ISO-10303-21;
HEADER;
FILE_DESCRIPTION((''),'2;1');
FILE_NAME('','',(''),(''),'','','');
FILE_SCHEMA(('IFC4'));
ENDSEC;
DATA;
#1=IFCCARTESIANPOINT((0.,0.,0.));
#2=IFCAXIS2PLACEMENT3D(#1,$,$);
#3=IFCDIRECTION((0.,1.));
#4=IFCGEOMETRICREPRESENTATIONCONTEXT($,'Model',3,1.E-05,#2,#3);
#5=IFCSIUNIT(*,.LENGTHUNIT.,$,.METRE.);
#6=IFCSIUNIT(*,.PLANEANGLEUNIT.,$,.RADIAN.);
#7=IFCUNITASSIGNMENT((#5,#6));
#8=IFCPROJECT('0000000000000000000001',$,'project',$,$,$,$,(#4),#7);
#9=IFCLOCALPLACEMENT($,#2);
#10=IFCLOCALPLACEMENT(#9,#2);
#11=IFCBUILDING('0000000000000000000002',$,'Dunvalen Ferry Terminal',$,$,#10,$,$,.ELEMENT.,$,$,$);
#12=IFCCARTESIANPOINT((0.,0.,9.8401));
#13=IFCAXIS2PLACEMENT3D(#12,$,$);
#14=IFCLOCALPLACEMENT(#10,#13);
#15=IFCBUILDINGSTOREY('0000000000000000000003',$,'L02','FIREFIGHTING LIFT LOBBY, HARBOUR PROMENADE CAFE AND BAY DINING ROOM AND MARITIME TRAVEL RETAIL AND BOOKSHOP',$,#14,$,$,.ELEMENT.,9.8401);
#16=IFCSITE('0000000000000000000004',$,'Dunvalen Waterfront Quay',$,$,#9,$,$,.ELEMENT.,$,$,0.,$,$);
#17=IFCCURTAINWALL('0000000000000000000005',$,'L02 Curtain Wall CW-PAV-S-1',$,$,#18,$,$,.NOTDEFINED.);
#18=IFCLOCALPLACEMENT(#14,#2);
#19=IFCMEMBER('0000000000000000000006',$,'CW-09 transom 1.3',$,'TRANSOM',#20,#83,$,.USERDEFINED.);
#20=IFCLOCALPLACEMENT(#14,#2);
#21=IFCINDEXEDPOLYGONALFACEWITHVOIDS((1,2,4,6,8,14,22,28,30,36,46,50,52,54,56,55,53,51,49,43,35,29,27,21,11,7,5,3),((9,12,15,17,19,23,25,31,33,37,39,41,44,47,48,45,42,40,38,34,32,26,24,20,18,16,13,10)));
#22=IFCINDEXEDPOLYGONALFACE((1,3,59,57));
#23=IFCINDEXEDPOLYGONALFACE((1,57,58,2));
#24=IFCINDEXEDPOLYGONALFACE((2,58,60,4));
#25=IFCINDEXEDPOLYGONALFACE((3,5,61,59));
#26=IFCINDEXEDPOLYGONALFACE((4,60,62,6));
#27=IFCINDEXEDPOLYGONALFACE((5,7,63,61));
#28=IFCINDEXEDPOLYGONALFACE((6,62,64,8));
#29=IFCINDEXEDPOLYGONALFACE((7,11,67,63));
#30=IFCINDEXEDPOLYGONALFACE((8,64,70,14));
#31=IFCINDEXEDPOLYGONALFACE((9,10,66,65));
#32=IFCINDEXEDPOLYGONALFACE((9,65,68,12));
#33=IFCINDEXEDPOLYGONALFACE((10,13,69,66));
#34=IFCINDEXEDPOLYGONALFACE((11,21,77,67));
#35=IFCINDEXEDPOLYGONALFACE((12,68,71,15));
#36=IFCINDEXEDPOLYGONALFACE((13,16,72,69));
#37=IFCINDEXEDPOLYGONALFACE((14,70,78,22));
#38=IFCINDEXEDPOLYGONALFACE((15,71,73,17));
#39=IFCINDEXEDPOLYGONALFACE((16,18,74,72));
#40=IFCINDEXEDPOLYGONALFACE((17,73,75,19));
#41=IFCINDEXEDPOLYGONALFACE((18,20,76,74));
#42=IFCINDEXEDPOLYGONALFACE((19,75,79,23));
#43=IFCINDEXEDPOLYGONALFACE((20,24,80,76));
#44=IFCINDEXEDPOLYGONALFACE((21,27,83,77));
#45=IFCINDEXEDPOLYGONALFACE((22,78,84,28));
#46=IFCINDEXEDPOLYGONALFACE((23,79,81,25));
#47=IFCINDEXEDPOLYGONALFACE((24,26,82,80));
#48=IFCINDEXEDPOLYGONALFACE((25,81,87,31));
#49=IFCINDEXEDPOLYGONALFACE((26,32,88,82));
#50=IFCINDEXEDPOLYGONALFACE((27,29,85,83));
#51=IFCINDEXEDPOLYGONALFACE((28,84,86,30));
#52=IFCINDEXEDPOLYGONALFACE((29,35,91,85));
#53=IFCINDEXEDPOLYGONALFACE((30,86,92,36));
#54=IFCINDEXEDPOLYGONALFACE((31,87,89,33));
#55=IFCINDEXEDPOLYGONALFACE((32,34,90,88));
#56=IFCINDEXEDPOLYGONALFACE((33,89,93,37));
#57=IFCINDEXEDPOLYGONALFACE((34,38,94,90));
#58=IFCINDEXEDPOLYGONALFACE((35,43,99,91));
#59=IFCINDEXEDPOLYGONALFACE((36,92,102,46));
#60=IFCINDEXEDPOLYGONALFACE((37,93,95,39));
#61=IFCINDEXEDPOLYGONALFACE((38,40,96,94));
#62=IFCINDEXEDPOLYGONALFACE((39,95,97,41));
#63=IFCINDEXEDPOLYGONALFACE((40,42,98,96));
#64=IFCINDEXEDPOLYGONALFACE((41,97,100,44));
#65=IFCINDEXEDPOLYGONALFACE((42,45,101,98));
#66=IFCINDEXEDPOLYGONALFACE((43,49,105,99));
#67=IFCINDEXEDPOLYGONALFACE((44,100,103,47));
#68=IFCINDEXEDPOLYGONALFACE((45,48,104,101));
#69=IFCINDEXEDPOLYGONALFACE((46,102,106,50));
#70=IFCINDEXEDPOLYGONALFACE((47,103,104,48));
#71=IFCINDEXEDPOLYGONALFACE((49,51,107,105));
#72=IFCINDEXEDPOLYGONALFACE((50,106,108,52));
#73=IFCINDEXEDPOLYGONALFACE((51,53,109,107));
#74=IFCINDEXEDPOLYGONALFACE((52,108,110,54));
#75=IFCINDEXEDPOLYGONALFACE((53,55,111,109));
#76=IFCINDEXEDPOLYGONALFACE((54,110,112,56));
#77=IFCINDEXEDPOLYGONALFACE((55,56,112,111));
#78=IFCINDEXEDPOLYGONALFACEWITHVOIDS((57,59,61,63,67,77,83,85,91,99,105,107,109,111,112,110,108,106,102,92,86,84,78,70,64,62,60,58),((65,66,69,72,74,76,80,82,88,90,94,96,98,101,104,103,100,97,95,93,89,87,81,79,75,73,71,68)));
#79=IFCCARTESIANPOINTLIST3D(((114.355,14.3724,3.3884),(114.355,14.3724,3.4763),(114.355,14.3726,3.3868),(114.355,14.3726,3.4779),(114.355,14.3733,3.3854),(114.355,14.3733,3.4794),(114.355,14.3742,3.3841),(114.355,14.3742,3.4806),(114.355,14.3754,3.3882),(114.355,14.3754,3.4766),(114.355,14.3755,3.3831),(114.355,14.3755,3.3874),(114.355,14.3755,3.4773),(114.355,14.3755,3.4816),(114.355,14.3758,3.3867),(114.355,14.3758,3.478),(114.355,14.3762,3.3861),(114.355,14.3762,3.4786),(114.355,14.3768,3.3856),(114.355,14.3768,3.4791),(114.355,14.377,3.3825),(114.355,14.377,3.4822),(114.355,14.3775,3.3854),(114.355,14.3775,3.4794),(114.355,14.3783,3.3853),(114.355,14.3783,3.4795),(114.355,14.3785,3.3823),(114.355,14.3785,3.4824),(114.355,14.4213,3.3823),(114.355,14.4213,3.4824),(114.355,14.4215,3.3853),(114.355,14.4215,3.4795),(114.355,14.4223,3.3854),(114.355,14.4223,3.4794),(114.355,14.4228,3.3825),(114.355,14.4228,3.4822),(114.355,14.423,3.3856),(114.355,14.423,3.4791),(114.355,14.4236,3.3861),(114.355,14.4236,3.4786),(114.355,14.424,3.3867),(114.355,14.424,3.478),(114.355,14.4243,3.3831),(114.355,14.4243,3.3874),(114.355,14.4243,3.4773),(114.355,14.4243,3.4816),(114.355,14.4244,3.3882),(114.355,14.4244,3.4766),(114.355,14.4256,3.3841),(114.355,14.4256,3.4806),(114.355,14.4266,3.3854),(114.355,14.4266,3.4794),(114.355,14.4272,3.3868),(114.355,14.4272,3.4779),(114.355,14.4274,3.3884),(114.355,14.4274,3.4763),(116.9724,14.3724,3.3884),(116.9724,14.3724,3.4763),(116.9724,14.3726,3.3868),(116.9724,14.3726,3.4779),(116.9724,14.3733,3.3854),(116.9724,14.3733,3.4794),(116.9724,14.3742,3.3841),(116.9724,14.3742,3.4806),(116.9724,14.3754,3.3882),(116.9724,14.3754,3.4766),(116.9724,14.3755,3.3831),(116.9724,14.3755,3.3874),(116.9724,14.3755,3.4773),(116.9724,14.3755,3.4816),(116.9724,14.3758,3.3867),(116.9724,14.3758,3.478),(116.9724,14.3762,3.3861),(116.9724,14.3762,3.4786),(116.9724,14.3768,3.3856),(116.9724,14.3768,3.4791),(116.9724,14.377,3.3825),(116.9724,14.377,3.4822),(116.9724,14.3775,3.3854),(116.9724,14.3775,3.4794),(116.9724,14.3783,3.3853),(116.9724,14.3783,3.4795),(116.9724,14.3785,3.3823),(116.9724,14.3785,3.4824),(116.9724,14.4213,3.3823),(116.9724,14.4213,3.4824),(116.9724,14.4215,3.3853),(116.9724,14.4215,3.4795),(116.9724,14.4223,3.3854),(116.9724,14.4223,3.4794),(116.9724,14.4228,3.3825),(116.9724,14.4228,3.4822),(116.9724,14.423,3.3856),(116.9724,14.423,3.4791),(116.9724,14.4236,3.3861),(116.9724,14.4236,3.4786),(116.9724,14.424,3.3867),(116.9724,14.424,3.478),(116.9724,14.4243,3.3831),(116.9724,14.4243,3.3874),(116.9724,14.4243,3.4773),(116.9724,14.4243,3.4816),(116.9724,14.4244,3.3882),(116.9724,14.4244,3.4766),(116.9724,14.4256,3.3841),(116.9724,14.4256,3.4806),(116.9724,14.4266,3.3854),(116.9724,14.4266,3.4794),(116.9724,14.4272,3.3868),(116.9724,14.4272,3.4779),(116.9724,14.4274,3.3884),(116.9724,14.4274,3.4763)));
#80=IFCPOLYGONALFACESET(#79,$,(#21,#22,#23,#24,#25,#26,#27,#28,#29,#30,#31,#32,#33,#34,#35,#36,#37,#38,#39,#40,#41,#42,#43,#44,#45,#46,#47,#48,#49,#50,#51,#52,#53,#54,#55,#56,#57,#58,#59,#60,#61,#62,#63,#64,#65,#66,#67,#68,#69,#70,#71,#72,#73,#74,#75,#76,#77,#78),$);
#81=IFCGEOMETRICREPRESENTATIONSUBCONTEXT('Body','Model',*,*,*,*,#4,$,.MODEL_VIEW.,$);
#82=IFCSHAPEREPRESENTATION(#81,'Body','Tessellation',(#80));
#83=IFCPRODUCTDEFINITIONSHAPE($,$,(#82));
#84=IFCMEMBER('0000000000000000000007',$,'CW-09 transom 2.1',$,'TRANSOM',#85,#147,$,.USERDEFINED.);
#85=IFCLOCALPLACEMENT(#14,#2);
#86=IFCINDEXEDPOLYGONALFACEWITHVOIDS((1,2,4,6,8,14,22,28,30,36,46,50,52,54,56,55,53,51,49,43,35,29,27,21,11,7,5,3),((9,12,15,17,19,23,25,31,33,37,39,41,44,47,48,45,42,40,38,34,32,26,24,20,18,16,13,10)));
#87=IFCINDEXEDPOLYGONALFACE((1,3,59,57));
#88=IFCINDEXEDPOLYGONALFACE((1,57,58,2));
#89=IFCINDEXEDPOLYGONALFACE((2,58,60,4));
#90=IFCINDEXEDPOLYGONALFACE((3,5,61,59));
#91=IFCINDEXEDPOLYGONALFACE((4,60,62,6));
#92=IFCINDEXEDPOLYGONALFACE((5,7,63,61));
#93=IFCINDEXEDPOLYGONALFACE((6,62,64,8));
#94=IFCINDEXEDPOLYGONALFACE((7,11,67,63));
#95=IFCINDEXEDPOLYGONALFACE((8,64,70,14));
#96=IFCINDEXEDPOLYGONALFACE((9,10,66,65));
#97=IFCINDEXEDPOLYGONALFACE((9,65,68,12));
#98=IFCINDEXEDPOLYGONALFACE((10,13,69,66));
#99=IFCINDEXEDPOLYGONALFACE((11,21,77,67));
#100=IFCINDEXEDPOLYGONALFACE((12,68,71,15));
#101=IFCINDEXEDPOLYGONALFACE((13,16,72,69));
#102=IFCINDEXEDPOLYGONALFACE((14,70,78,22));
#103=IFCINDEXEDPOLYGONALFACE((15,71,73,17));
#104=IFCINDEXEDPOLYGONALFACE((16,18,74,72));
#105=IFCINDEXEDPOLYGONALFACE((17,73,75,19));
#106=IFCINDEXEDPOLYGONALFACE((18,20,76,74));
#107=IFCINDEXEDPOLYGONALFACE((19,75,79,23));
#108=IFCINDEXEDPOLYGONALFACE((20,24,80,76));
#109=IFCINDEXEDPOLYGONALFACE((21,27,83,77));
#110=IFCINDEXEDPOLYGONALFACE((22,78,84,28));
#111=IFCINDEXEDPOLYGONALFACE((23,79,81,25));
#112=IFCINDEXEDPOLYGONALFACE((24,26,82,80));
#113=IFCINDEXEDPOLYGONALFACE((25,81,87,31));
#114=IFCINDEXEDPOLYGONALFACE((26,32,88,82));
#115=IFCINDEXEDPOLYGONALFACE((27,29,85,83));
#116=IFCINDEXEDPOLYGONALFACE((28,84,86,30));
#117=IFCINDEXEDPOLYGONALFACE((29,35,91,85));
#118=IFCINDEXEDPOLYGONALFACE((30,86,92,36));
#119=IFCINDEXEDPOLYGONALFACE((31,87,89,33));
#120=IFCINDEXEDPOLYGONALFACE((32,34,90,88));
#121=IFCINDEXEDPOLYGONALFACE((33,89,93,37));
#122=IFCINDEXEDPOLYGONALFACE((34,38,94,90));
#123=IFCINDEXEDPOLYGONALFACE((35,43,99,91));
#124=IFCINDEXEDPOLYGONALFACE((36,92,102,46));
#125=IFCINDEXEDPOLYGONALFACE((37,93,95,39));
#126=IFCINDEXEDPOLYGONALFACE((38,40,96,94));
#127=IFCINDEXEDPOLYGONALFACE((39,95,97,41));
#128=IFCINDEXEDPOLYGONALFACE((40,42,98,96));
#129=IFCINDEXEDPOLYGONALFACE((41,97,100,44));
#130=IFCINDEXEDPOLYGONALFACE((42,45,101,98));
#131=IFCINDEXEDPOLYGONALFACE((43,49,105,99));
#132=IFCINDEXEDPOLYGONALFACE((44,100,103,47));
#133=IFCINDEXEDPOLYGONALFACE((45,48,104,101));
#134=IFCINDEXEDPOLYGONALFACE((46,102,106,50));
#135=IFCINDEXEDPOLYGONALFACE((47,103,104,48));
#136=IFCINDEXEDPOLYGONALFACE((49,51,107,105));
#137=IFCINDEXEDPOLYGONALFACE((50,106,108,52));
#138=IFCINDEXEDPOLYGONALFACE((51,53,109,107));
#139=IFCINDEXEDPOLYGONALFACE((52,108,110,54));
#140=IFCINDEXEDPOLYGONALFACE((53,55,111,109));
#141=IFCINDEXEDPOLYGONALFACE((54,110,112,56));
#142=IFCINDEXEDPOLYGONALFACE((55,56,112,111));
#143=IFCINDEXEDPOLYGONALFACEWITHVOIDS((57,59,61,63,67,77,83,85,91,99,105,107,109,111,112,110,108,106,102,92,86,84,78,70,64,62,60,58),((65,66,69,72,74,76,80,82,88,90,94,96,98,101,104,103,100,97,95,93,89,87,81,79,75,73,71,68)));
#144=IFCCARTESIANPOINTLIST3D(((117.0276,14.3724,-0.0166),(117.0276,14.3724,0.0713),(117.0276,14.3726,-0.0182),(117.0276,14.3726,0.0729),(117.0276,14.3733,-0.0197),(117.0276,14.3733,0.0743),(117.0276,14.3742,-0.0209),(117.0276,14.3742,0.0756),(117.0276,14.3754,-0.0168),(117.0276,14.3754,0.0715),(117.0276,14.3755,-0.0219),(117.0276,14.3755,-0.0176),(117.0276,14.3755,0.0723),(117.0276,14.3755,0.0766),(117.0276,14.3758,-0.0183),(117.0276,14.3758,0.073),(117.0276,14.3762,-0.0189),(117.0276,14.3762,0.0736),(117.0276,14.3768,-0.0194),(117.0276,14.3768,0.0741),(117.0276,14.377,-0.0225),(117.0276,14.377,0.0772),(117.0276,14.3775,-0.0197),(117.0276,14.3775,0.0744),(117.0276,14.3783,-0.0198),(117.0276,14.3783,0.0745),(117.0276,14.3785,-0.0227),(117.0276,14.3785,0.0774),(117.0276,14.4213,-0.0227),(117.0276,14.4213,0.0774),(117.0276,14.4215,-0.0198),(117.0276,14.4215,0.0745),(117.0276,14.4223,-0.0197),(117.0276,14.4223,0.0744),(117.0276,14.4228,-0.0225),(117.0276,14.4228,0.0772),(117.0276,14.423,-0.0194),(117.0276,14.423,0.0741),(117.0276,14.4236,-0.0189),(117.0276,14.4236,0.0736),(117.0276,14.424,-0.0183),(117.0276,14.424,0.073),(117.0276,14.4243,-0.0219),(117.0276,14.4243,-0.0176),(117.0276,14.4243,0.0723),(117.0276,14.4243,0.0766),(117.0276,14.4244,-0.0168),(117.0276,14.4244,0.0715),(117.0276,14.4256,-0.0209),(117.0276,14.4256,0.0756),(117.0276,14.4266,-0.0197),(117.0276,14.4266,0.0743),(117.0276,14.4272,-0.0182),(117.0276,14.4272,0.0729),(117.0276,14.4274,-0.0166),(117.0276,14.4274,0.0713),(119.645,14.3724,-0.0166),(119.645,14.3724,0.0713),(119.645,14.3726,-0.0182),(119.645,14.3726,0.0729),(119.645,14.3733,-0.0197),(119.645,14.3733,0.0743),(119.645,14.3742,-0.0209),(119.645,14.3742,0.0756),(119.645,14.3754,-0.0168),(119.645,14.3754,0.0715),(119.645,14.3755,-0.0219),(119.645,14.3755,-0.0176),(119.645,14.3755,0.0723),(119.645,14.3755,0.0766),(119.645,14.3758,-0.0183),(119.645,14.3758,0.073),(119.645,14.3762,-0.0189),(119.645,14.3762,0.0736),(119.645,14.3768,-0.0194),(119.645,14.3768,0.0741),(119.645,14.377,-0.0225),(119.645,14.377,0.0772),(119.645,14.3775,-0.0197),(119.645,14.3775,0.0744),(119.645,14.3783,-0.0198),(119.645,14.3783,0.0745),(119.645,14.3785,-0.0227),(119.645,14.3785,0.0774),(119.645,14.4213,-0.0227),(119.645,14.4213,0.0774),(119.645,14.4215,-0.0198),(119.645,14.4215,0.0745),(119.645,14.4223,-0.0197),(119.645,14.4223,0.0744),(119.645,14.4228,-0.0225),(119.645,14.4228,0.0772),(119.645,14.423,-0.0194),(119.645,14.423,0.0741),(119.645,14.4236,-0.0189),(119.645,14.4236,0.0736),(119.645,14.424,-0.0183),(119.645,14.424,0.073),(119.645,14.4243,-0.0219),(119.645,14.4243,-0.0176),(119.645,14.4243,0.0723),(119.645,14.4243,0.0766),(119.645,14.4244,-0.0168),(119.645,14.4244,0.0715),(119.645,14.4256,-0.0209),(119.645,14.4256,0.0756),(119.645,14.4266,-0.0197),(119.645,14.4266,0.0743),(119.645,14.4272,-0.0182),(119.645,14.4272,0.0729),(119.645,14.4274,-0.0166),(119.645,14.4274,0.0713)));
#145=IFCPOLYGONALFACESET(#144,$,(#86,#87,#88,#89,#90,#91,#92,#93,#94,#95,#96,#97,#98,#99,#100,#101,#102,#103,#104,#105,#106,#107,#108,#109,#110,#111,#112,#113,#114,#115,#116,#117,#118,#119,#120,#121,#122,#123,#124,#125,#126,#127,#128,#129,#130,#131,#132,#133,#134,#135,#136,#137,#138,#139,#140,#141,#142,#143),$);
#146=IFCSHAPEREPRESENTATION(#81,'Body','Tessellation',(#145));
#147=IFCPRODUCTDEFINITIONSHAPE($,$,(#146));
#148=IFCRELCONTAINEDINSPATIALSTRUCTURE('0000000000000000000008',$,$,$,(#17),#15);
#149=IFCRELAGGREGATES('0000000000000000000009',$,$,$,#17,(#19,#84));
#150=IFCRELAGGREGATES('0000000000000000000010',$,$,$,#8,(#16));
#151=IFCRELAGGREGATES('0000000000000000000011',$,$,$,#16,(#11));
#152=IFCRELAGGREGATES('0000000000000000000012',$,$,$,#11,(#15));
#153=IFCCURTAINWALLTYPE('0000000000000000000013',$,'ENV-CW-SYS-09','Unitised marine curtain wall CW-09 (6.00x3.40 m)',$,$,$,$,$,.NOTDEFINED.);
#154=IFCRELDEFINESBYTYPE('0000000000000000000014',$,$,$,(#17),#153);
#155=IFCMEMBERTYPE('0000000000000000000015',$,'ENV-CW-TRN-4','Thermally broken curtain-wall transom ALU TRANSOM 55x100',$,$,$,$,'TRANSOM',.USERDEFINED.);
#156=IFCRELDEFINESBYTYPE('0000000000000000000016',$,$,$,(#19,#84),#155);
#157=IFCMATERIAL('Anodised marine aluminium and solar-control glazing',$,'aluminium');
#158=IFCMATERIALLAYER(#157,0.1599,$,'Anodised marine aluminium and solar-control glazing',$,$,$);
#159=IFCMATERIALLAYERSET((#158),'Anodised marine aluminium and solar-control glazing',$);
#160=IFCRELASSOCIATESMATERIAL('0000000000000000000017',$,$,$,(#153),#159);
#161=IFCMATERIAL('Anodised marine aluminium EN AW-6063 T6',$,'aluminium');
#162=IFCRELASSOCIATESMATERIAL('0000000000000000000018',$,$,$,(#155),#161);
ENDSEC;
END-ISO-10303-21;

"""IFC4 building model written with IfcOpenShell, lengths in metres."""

from ifc_helpers import new_model, si_unit, direction, frame, origin, origin_2d, place, context, subcontext, project, spatial, hollow_rectangle, extrude, material, layer, layer_set, material_profile, profile_set, type_object, element, aggregate, save


model = new_model("IFC4")

# Units and contexts
model_context = context("Model", 3, precision=1e-05, world=origin(), true_north=direction((0.0, 1.0)))
body_context = subcontext(model_context, "Body", "Model", "MODEL_VIEW")
ifc_project = project(units=[si_unit("LENGTHUNIT", "METRE"), si_unit("PLANEANGLEUNIT", "RADIAN")], contexts=[model_context])

# Site, building, storey
site_placement = place(None, origin())
site = spatial("IfcSite", under=ifc_project, at=site_placement, Name="Dunvalen Waterfront Quay", CompositionType="ELEMENT", RefElevation=0.0)
building_placement = place(site_placement, origin())
building = spatial("IfcBuilding", under=site, at=building_placement, Name="Dunvalen Ferry Terminal", CompositionType="ELEMENT")
storey_placement = place(building_placement, frame((0.0, 0.0, 9.8401)))
storey = spatial("IfcBuildingStorey", under=building, at=storey_placement, Name="L02", Description="FIREFIGHTING LIFT LOBBY, HARBOUR PROMENADE CAFE AND BAY DINING ROOM AND MARITIME TRAVEL RETAIL AND BOOKSHOP", CompositionType="ELEMENT", Elevation=9.8401)

# Curtain wall, members
ifc_material_1 = material(Name="Anodised marine aluminium and solar-control glazing", Category="aluminium")
ifc_layer_1 = layer(ifc_material_1, 0.1599, Name="Anodised marine aluminium and solar-control glazing")
ifc_layer_set_1 = layer_set([ifc_layer_1], Name="Anodised marine aluminium and solar-control glazing")
curtain_wall_type = type_object("IfcCurtainWallType", Name="ENV-CW-SYS-09", Description="Unitised marine curtain wall CW-09 (6.00x3.40 m)", PredefinedType="NOTDEFINED", material=ifc_layer_set_1)
curtain_wall_placement = place(storey_placement, origin())
curtain_wall = element("IfcCurtainWall", 1, at=curtain_wall_placement, inside=storey, type_object=curtain_wall_type, Name="L02 Curtain Wall CW-PAV-S-1", PredefinedType="NOTDEFINED")
ifc_material_2 = material(Name="Anodised marine aluminium EN AW-6063 T6", Category="aluminium")
ifc_material_profile_1 = material_profile(ifc_material_2, hollow_rectangle(XDim=0.0549, YDim=0.1001, WallThickness=0.0029, InnerFilletRadius=0.0029, OuterFilletRadius=0.0061, at=origin_2d()), Name="Anodised marine aluminium EN AW-6063 T6")
ifc_profile_set_1 = profile_set([ifc_material_profile_1], Name="Anodised marine aluminium EN AW-6063 T6")
member_type_1 = type_object("IfcMemberType", Name="ENV-CW-TRN-4", Description="Thermally broken curtain-wall transom ALU TRANSOM 55x100", ElementType="TRANSOM", PredefinedType="USERDEFINED", material=ifc_profile_set_1)
member_1_placement = place(storey_placement, frame((114.355, 14.3999, 3.4324), z_axis=(1.0, 0.0, 0.0), x_axis=(0.0, 1.0, 0.0)))
member_1 = element("IfcMember", 2, at=member_1_placement, type_object=member_type_1, Name="CW-09 transom 1.3", ObjectType="TRANSOM", PredefinedType="USERDEFINED", context=body_context, shape_type="SweptSolid", body=[
    extrude(hollow_rectangle(XDim=0.0549, YDim=0.1001, WallThickness=0.0029, InnerFilletRadius=0.0029, OuterFilletRadius=0.0061, at=origin_2d()), origin(), (0.0, 0.0, 1.0), 2.6174),
])
member_2_placement = place(storey_placement, frame((117.0276, 14.3999, 0.0273), z_axis=(1.0, 0.0, 0.0), x_axis=(0.0, 1.0, 0.0)))
member_2 = element("IfcMember", 3, at=member_2_placement, type_object=member_type_1, Name="CW-09 transom 2.1", ObjectType="TRANSOM", PredefinedType="USERDEFINED", context=body_context, shape_type="SweptSolid", body=[
    extrude(hollow_rectangle(XDim=0.0549, YDim=0.1001, WallThickness=0.0029, InnerFilletRadius=0.0029, OuterFilletRadius=0.0061, at=origin_2d()), origin(), (0.0, 0.0, 1.0), 2.6174),
])

aggregate(curtain_wall, [member_1, member_2])

save(model, "model.ifc")
